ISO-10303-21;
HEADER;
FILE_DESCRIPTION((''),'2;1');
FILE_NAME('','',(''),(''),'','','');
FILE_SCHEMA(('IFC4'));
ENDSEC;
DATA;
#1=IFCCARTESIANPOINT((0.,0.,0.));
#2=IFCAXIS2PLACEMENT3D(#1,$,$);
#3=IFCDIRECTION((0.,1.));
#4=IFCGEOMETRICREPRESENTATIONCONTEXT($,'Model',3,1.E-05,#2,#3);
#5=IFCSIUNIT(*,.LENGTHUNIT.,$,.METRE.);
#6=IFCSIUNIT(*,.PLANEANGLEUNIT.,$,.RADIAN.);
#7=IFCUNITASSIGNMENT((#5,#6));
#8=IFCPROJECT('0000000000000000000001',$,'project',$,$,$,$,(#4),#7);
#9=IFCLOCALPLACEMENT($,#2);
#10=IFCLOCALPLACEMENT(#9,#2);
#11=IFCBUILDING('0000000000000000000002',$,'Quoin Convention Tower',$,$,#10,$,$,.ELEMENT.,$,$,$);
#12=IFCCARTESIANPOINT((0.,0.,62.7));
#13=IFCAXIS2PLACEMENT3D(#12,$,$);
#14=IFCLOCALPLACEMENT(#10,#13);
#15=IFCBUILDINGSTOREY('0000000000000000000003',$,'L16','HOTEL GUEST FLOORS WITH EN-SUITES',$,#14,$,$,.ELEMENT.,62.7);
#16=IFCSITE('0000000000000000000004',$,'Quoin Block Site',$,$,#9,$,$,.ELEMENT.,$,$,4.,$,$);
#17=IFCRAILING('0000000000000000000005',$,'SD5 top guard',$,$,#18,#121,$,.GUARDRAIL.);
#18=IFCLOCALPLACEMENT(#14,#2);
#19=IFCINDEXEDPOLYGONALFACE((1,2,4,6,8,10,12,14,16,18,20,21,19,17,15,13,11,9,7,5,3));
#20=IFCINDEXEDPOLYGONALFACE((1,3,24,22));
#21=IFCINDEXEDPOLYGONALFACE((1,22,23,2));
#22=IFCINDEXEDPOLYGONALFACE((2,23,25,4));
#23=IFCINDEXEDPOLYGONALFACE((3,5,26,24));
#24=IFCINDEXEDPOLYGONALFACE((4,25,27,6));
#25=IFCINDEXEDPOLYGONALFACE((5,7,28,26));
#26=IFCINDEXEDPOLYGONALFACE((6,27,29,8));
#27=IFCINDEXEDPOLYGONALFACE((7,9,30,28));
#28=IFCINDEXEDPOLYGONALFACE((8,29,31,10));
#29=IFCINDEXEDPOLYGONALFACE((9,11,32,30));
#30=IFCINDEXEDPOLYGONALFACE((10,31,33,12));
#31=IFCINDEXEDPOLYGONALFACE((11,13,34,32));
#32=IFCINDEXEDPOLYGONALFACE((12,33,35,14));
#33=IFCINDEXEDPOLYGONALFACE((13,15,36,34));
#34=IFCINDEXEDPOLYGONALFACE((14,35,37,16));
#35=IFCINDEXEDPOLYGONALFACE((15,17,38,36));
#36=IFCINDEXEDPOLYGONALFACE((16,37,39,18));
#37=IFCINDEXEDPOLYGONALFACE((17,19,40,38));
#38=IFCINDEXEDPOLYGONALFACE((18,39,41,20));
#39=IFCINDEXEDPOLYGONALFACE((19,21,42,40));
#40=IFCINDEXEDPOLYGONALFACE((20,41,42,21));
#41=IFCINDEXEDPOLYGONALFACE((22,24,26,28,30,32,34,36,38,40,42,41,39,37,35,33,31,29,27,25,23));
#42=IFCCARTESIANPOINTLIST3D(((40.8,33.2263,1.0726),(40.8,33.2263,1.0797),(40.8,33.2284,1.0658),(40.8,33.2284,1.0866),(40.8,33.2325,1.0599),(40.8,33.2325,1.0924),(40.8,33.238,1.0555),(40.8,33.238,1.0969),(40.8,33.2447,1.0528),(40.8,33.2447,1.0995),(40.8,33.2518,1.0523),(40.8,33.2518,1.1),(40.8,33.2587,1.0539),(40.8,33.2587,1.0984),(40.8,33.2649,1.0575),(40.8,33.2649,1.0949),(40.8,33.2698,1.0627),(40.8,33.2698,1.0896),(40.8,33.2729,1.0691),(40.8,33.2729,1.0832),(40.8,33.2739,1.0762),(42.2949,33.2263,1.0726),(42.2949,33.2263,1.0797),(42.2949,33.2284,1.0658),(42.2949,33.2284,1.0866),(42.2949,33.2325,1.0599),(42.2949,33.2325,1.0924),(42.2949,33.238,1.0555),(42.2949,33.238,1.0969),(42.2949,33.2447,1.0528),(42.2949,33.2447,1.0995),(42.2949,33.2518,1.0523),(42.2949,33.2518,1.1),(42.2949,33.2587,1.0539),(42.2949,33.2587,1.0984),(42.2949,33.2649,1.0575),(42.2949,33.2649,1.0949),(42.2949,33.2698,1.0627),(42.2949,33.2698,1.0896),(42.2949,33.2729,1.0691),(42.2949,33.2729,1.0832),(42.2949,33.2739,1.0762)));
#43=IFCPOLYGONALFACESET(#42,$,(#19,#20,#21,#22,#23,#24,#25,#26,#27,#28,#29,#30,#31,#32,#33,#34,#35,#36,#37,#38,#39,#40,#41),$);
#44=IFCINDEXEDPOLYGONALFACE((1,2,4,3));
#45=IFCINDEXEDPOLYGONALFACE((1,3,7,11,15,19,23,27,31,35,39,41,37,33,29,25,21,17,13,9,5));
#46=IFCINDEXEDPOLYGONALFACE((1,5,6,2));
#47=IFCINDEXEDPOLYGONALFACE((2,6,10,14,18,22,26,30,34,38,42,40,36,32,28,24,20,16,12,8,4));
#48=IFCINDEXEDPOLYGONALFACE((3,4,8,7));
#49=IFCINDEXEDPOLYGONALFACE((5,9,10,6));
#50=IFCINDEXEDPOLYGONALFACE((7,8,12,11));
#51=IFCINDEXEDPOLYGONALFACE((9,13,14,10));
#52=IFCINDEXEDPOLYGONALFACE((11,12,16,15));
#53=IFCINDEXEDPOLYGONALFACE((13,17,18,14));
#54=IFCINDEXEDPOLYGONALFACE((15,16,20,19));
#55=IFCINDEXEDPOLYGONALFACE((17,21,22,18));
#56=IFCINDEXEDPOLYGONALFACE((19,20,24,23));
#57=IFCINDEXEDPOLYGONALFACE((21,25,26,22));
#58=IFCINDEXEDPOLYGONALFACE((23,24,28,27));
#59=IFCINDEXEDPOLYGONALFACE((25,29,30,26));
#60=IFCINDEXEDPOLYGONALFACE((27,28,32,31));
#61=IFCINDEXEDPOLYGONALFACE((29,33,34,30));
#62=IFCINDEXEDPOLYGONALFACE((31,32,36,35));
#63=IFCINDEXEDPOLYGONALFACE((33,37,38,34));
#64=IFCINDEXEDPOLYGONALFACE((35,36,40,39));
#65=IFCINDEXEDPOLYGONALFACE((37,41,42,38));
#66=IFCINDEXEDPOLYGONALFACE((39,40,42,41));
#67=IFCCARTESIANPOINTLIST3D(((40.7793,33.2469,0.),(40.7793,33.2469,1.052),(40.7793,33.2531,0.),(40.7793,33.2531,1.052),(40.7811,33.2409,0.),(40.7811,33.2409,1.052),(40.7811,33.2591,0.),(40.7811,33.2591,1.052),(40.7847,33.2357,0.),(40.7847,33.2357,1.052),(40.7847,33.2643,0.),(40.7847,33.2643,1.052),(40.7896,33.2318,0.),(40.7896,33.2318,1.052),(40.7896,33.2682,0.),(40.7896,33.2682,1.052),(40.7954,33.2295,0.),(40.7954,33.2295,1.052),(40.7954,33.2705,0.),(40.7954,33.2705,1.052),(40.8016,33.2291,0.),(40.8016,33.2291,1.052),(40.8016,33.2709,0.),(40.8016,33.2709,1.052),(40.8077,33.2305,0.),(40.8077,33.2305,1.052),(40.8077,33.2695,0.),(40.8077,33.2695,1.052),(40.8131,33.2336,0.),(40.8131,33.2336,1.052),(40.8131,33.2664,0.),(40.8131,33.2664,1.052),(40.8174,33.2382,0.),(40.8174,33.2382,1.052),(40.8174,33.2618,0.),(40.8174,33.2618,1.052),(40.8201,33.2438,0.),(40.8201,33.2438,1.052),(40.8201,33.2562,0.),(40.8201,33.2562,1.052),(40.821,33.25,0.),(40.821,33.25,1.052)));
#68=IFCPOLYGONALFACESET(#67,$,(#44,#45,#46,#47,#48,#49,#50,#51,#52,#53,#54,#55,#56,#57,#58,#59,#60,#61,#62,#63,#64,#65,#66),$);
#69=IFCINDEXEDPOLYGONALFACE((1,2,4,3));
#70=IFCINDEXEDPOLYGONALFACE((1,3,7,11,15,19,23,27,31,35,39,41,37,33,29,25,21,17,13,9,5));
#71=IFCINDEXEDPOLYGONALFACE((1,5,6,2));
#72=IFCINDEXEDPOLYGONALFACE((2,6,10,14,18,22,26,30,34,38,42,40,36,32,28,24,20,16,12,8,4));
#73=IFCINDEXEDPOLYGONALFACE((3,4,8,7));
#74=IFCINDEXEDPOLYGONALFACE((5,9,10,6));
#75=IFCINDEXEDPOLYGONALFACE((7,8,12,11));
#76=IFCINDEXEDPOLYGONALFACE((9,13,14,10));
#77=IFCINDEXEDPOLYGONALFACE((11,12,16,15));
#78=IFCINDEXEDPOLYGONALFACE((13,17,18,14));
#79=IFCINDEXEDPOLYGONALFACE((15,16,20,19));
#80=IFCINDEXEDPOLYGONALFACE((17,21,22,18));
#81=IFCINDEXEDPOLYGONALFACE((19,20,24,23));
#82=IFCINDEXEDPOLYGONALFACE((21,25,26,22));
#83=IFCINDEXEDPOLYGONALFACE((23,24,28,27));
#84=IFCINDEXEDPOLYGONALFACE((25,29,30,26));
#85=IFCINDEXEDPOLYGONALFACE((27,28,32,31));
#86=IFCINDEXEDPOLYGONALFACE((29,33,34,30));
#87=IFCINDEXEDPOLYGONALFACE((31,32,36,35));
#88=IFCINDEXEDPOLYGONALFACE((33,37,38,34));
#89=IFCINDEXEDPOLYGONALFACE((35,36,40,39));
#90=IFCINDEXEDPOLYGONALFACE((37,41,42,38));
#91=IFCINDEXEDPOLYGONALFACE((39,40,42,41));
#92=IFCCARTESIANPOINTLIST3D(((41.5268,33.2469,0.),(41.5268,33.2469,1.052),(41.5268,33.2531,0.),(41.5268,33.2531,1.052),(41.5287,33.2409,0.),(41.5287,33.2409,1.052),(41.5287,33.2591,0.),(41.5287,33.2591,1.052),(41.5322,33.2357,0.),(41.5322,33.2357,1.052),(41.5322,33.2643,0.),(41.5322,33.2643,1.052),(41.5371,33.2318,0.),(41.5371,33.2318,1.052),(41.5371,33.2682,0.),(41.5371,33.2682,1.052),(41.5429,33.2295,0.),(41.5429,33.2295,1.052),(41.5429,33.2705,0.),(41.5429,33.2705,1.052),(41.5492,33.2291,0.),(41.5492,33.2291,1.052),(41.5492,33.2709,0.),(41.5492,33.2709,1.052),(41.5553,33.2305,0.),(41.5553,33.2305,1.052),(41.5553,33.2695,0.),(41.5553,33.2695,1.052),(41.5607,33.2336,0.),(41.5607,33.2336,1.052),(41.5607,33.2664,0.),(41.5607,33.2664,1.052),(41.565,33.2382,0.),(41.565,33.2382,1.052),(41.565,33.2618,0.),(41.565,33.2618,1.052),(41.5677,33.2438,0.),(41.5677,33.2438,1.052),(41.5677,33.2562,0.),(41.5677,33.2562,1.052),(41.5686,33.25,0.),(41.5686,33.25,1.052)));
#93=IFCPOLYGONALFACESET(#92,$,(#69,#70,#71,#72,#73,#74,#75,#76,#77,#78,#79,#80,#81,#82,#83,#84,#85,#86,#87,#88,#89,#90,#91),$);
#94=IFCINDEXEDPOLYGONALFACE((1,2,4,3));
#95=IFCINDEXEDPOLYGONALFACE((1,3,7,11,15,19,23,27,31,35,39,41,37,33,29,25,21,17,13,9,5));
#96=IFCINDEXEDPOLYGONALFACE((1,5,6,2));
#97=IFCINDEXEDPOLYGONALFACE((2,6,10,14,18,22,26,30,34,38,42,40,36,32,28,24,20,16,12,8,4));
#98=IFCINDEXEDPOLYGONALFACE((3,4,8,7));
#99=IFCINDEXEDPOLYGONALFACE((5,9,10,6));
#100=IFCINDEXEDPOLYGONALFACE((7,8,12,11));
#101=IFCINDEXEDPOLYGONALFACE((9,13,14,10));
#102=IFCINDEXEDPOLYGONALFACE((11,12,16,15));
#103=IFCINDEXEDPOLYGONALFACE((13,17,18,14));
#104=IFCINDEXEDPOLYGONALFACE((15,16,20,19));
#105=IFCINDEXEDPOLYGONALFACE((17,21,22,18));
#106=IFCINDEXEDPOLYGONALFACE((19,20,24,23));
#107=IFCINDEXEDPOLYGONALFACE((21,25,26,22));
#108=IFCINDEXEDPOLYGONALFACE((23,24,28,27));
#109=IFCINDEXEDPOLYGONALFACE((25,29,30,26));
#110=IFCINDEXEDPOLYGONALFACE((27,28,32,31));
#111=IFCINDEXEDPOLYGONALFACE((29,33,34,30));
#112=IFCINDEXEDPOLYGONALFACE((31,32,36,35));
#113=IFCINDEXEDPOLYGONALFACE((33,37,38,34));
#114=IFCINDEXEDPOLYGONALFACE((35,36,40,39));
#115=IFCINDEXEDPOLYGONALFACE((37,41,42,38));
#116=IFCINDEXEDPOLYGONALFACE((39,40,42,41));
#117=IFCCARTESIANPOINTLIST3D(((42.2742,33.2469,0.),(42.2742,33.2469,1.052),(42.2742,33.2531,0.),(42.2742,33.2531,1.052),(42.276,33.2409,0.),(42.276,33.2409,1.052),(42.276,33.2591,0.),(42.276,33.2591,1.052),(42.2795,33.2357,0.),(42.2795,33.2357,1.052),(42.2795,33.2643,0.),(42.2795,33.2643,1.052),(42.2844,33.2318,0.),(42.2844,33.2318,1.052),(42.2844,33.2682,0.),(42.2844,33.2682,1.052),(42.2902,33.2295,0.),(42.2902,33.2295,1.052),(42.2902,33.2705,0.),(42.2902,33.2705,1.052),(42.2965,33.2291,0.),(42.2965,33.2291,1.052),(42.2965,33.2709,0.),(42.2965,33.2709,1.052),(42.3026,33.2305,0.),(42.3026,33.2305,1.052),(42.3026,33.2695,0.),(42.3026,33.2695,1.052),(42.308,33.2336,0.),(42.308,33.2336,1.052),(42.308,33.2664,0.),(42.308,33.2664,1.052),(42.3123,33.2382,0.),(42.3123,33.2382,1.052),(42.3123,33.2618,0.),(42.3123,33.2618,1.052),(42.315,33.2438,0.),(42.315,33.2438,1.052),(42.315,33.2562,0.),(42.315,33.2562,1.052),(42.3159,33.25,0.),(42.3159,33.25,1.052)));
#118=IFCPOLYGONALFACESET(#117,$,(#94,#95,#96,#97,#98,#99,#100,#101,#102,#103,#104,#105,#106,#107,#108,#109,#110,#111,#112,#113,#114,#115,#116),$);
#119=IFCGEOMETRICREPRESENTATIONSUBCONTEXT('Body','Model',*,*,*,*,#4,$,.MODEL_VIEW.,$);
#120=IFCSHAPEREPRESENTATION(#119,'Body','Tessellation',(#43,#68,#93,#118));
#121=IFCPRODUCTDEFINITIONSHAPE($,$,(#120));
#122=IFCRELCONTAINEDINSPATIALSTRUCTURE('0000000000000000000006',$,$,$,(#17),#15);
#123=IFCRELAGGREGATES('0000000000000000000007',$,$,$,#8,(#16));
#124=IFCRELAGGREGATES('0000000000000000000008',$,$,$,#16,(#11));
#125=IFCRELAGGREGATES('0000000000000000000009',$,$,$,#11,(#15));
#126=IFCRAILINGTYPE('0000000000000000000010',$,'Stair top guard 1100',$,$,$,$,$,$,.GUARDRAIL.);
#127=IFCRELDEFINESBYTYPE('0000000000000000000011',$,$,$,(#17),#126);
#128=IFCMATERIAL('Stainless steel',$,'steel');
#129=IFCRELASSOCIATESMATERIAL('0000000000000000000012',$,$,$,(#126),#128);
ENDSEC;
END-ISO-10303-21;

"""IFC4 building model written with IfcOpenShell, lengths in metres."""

from ifc_helpers import new_model, si_unit, direction, frame, origin, origin_2d, place, context, subcontext, project, spatial, circle, extrude, material, type_object, element, save


model = new_model("IFC4")

# Units and contexts
model_context = context("Model", 3, precision=1e-05, world=origin(), true_north=direction((0.0, 1.0)))
body_context = subcontext(model_context, "Body", "Model", "MODEL_VIEW")
ifc_project = project(units=[si_unit("LENGTHUNIT", "METRE"), si_unit("PLANEANGLEUNIT", "RADIAN")], contexts=[model_context])

# Site, building, storey
site_placement = place(None, origin())
site = spatial("IfcSite", under=ifc_project, at=site_placement, Name="Quoin Block Site", CompositionType="ELEMENT", RefElevation=4.0)
building_placement = place(site_placement, origin())
building = spatial("IfcBuilding", under=site, at=building_placement, Name="Quoin Convention Tower", CompositionType="ELEMENT")
storey_placement = place(building_placement, frame((0.0, 0.0, 62.7)))
storey = spatial("IfcBuildingStorey", under=building, at=storey_placement, Name="L16", Description="HOTEL GUEST FLOORS WITH EN-SUITES", CompositionType="ELEMENT", Elevation=62.7)

# Railing
ifc_material_1 = material(Name="Stainless steel", Category="steel")
railing_type = type_object("IfcRailingType", Name="Stair top guard 1100", PredefinedType="GUARDRAIL", material=ifc_material_1)
railing_placement = place(storey_placement, frame((40.8, 33.25, 0.0)))
element("IfcRailing", 1, at=railing_placement, inside=storey, type_object=railing_type, Name="SD5 top guard", PredefinedType="GUARDRAIL", context=body_context, shape_type="SweptSolid", body=[
    extrude(circle(Radius=0.0239, at=origin_2d()), frame((0.0, 0.0, 1.0762), z_axis=(1.0, 0.0, 0.0), x_axis=(0.0, 1.0, 0.0)), (0.0, 0.0, 1.0), 1.4949),
    extrude(circle(Radius=0.021, at=origin_2d()), origin(), (0.0, 0.0, 1.0), 1.052),
    extrude(circle(Radius=0.021, at=origin_2d()), frame((0.7476, 0.0, 0.0)), (0.0, 0.0, 1.0), 1.052),
    extrude(circle(Radius=0.021, at=origin_2d()), frame((1.4949, 0.0, 0.0)), (0.0, 0.0, 1.0), 1.052),
])

save(model, "model.ifc")
